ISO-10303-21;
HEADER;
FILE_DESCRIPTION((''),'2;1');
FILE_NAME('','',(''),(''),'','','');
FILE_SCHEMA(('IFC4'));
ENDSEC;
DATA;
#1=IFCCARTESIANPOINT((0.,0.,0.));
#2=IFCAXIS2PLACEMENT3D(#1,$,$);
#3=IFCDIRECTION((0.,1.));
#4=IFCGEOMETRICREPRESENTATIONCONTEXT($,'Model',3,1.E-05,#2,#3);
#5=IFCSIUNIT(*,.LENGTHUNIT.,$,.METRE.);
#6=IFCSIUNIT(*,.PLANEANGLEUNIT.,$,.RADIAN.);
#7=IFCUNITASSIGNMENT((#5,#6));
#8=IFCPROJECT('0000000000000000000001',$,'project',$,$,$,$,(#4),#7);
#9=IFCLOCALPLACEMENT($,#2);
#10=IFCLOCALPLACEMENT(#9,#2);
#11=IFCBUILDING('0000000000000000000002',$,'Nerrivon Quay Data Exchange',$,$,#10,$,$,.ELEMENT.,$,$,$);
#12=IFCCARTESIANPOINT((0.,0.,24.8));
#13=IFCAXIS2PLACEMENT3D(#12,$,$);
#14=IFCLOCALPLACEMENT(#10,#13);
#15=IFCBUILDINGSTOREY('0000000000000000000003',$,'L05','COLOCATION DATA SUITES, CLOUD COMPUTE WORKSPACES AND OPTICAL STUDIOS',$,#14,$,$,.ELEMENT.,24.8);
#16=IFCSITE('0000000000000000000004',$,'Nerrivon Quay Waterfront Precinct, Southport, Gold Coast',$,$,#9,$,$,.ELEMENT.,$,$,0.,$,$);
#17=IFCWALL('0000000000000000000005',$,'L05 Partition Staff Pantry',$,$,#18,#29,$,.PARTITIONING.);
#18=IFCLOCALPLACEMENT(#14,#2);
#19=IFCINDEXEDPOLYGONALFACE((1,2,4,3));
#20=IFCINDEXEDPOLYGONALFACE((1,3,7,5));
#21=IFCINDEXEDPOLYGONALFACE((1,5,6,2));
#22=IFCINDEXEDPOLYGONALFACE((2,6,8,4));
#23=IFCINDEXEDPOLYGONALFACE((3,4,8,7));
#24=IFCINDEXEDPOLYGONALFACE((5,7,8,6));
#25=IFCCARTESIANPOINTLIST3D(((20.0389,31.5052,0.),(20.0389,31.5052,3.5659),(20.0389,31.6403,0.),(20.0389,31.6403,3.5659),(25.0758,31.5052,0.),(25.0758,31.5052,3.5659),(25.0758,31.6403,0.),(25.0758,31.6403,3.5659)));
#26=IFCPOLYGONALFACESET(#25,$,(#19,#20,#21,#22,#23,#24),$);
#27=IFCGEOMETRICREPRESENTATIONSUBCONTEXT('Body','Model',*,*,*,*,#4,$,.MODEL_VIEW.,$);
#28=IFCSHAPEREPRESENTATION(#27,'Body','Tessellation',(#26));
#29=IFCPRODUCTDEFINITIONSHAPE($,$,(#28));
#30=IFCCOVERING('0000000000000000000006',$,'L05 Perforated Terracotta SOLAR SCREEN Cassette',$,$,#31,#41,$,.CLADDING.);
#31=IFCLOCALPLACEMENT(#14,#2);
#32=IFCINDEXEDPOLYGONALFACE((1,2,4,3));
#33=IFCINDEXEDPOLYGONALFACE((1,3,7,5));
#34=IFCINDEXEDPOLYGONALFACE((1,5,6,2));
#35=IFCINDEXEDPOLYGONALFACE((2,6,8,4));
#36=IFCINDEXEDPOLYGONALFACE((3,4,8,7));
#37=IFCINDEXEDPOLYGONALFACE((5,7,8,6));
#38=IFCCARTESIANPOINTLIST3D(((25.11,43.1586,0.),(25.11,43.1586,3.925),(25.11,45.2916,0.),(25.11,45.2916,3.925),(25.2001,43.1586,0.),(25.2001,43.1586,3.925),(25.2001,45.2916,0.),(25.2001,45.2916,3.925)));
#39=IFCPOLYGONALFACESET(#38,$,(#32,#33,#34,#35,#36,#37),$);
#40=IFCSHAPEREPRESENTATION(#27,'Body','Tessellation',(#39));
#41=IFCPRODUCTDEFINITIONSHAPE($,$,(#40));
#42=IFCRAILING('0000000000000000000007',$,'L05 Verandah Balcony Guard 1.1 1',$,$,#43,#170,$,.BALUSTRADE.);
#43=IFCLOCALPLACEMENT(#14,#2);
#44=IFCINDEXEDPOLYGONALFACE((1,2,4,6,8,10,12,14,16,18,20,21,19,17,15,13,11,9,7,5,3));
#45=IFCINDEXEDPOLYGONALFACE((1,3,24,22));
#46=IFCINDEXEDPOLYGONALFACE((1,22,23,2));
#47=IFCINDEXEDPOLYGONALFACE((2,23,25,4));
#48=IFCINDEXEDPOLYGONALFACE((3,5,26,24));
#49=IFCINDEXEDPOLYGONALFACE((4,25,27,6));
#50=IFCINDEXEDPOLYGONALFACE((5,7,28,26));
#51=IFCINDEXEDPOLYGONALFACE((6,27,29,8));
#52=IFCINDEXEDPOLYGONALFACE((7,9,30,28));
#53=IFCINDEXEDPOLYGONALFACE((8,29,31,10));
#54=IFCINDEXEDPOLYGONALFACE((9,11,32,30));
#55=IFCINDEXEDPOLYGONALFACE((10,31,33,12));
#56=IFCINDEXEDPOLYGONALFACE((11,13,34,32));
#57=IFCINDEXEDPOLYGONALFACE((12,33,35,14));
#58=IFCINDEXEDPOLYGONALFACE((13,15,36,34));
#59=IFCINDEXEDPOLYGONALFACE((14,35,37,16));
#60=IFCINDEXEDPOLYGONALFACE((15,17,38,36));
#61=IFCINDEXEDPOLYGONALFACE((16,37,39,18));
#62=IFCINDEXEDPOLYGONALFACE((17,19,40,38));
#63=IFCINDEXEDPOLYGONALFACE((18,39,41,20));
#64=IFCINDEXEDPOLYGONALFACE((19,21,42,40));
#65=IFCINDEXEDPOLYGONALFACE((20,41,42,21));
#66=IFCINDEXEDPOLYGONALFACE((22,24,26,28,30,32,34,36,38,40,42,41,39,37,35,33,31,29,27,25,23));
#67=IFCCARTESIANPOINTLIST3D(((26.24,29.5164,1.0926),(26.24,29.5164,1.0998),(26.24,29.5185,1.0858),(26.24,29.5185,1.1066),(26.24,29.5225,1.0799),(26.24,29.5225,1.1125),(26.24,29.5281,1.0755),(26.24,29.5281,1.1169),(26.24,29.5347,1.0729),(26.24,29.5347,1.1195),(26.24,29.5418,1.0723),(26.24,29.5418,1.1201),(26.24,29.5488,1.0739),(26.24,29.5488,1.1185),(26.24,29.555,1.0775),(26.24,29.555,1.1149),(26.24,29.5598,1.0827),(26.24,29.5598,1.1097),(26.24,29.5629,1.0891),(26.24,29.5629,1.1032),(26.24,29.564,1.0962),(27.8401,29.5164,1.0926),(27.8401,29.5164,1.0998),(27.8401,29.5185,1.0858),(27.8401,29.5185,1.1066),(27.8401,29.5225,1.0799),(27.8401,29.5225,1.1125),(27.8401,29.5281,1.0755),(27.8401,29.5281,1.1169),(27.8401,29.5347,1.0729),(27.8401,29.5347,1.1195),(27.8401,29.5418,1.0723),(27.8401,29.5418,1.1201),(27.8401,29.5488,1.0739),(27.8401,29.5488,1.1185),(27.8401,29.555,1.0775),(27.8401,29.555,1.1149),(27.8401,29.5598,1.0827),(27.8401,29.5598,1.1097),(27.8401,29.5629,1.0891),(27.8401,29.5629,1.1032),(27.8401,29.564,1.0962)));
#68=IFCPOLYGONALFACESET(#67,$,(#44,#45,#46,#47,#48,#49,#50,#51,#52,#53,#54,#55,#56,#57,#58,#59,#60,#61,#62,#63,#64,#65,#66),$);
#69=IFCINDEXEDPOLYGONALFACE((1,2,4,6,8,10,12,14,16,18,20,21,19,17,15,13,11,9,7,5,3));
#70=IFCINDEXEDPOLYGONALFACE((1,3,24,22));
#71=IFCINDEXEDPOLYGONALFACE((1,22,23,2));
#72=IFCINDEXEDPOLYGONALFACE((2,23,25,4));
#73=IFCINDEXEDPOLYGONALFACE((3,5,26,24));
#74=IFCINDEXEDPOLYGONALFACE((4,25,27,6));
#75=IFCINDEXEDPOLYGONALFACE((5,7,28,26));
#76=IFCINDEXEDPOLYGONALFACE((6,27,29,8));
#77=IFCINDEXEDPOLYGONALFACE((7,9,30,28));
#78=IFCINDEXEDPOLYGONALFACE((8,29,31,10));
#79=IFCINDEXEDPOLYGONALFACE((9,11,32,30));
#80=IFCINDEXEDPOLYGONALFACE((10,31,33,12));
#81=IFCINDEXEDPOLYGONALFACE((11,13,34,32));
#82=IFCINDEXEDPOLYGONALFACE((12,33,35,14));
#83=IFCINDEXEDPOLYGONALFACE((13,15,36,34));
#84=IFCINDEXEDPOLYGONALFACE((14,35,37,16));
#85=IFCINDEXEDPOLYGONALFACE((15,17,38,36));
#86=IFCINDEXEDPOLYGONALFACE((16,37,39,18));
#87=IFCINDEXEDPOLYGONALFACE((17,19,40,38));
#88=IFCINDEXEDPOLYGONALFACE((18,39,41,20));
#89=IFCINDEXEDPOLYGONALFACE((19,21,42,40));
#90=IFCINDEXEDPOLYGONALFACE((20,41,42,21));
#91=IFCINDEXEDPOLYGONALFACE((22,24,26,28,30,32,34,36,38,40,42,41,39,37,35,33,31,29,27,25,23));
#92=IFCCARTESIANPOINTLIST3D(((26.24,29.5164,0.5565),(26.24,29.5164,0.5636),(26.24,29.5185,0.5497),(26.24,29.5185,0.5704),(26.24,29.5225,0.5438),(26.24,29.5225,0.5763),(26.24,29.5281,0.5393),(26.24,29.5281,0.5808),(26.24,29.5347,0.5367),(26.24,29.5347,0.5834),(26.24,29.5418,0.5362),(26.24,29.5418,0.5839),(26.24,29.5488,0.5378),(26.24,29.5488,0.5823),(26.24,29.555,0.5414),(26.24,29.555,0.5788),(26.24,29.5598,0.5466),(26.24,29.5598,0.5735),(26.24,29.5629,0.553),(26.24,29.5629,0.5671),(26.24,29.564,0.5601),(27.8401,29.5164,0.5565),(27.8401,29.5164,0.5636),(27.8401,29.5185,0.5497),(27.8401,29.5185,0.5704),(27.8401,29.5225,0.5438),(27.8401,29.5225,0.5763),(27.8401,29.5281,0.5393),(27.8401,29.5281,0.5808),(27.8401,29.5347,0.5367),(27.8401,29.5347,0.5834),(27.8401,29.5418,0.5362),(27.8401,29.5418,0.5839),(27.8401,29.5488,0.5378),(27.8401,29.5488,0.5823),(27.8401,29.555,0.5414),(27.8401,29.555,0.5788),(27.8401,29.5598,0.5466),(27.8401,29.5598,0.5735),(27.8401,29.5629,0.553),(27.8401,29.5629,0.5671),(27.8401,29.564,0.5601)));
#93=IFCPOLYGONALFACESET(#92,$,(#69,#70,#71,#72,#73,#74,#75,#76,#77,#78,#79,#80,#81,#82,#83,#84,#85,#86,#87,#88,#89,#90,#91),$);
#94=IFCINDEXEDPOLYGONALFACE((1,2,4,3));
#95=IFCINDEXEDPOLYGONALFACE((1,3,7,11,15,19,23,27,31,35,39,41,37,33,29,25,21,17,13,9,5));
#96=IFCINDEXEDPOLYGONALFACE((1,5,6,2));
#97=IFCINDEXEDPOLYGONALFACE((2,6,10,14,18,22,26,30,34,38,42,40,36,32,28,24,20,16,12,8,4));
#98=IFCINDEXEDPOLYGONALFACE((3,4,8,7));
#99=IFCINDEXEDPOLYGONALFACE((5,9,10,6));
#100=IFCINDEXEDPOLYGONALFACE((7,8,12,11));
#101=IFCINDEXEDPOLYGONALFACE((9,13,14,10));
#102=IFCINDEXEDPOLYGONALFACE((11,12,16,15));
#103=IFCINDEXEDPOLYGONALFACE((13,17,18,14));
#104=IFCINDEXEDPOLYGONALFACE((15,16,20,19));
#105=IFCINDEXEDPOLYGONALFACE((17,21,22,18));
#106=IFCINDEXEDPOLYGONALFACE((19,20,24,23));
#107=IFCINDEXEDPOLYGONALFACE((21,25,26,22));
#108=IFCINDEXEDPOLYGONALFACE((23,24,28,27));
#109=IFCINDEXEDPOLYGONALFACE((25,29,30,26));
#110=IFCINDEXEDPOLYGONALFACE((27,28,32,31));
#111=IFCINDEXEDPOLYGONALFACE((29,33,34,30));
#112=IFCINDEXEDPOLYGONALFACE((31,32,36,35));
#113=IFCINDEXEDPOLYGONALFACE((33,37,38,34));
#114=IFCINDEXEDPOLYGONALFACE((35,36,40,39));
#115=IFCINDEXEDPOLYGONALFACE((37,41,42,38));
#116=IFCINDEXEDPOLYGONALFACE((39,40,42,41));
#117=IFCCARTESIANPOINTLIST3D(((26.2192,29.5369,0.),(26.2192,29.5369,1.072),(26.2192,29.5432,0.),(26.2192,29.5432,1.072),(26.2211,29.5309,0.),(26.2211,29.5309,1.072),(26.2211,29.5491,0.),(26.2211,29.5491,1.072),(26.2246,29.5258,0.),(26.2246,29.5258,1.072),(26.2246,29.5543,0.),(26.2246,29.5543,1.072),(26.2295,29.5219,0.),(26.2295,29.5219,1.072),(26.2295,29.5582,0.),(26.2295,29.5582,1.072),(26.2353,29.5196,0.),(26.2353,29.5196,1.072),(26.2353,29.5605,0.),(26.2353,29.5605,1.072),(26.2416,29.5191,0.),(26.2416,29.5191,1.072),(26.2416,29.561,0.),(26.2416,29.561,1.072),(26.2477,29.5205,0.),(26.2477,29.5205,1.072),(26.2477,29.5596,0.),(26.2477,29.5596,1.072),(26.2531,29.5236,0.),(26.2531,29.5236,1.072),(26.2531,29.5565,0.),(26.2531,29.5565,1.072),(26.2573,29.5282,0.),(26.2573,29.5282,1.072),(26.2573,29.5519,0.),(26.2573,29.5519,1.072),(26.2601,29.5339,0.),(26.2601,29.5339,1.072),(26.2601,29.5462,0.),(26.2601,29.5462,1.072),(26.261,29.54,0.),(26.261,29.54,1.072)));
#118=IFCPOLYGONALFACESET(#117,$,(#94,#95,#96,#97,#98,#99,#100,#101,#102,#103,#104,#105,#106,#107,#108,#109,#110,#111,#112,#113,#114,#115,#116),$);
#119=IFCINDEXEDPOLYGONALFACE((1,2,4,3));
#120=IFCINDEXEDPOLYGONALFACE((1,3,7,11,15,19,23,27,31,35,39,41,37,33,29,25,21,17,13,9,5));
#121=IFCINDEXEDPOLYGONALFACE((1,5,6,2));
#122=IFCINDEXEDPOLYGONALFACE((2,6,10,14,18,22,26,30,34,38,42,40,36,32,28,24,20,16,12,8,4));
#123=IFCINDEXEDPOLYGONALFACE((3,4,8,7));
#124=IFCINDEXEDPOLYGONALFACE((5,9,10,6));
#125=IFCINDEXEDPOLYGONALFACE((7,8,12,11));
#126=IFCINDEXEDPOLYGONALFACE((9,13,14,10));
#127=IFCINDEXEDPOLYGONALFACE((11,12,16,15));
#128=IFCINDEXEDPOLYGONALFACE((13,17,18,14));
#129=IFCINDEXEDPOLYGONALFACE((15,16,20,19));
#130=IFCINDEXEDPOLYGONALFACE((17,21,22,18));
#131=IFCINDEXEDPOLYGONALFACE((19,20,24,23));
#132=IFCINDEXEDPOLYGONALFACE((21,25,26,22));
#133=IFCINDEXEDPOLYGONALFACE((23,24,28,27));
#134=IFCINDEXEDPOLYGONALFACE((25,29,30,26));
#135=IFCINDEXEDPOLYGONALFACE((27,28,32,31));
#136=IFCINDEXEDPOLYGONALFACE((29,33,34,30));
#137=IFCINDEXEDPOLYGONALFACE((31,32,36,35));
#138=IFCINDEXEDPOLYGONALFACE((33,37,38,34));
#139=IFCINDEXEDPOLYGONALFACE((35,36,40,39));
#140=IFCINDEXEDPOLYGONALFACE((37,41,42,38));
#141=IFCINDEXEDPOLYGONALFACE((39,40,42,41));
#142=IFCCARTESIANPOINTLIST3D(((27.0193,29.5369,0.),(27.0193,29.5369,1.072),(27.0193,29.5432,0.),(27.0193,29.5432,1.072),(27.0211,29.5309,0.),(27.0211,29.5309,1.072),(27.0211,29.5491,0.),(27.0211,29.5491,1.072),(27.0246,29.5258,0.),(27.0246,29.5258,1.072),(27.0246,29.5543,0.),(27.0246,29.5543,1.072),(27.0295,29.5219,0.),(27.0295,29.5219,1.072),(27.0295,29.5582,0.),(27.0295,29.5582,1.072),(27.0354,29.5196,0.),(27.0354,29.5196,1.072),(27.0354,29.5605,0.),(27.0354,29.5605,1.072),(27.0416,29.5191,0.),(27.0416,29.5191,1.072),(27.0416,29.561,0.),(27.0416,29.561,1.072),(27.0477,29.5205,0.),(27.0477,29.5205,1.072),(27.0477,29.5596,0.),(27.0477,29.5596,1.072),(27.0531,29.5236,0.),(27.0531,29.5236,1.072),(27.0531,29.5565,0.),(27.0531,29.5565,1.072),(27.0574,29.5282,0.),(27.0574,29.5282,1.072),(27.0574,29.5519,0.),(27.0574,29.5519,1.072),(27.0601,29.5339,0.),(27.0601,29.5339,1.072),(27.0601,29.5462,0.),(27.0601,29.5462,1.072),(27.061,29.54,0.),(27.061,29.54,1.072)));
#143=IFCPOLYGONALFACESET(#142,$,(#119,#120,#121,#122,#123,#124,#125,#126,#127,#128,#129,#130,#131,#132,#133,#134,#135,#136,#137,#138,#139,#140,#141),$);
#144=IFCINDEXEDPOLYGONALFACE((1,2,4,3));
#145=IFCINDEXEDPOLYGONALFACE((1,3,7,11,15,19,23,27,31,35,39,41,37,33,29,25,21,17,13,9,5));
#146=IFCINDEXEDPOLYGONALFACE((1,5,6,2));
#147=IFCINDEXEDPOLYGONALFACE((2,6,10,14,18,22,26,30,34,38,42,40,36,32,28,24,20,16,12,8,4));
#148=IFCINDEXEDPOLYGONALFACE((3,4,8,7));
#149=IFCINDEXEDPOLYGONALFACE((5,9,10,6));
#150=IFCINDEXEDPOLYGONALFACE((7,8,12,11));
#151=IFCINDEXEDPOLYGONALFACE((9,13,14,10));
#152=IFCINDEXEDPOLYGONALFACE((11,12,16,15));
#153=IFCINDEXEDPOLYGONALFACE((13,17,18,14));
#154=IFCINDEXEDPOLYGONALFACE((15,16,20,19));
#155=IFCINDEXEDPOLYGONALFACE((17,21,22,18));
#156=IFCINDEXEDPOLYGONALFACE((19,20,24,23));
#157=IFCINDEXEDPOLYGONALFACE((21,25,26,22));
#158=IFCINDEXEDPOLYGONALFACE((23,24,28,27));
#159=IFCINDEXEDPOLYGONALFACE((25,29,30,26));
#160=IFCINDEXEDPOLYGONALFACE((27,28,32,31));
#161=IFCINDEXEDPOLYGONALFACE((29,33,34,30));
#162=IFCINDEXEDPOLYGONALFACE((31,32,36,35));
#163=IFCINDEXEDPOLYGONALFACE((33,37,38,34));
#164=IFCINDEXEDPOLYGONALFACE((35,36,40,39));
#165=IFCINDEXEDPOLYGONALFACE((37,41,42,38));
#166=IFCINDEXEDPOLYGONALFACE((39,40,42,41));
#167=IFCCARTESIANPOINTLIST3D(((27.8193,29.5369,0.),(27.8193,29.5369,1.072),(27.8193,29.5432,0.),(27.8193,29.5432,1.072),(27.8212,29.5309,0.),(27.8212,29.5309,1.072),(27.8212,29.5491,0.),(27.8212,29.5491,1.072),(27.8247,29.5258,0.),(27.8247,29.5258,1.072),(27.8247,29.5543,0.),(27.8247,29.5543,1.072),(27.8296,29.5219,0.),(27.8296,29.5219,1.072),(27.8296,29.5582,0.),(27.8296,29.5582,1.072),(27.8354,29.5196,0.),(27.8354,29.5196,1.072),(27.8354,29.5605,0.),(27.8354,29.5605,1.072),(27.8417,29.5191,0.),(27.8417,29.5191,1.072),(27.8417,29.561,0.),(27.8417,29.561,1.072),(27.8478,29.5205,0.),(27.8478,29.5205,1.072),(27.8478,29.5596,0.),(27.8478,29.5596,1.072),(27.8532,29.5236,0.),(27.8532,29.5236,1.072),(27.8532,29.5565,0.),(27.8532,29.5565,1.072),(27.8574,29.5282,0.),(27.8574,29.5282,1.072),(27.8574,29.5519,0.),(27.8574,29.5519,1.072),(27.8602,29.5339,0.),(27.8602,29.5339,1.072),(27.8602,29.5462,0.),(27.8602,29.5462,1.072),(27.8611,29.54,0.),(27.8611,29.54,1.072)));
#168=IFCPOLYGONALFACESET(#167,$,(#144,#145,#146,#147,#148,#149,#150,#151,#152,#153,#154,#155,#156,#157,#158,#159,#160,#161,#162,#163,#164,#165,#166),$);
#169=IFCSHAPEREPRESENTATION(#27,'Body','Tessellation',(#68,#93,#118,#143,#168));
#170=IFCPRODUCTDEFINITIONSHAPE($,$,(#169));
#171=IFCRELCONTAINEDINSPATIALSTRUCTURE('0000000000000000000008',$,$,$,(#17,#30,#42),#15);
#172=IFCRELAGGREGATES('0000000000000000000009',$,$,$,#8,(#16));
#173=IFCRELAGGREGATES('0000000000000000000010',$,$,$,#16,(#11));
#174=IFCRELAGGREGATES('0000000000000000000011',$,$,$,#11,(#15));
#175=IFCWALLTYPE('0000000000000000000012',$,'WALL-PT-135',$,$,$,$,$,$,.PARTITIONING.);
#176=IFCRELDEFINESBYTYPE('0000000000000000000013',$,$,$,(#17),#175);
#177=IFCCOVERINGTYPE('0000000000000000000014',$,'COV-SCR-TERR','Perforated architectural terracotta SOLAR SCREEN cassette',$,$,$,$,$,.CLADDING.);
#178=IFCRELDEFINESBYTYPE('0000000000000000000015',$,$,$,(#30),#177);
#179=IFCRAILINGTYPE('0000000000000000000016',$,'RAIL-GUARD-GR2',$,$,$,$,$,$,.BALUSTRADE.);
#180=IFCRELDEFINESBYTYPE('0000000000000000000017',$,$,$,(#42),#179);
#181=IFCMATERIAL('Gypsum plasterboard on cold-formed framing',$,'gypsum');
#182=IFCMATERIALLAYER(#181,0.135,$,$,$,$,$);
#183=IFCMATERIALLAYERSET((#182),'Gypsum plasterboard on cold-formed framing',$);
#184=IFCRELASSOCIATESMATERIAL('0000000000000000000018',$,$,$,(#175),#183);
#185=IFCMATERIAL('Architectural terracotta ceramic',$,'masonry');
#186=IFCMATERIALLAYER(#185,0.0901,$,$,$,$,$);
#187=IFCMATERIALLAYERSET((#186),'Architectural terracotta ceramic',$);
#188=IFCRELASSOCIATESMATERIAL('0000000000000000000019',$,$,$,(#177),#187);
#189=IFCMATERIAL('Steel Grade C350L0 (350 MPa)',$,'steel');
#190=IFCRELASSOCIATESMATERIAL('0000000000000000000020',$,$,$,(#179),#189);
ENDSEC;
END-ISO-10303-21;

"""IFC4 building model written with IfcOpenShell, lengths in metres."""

from ifc_helpers import new_model, si_unit, direction, frame, frame_2d, origin, origin_2d, place, context, subcontext, project, spatial, rectangle, circle, extrude, material, layer, layer_set, type_object, element, save


model = new_model("IFC4")

# Units and contexts
model_context = context("Model", 3, precision=1e-05, world=origin(), true_north=direction((0.0, 1.0)))
body_context = subcontext(model_context, "Body", "Model", "MODEL_VIEW")
ifc_project = project(units=[si_unit("LENGTHUNIT", "METRE"), si_unit("PLANEANGLEUNIT", "RADIAN")], contexts=[model_context])

# Site, building, storey
site_placement = place(None, origin())
site = spatial("IfcSite", under=ifc_project, at=site_placement, Name="Nerrivon Quay Waterfront Precinct, Southport, Gold Coast", CompositionType="ELEMENT", RefElevation=0.0)
building_placement = place(site_placement, origin())
building = spatial("IfcBuilding", under=site, at=building_placement, Name="Nerrivon Quay Data Exchange", CompositionType="ELEMENT")
storey_placement = place(building_placement, frame((0.0, 0.0, 24.8)))
storey = spatial("IfcBuildingStorey", under=building, at=storey_placement, Name="L05", Description="COLOCATION DATA SUITES, CLOUD COMPUTE WORKSPACES AND OPTICAL STUDIOS", CompositionType="ELEMENT", Elevation=24.8)

# Wall
ifc_material_1 = material(Name="Gypsum plasterboard on cold-formed framing", Category="gypsum")
ifc_layer_1 = layer(ifc_material_1, 0.135)
ifc_layer_set_1 = layer_set([ifc_layer_1], Name="Gypsum plasterboard on cold-formed framing")
wall_type_1 = type_object("IfcWallType", Name="WALL-PT-135", PredefinedType="PARTITIONING", material=ifc_layer_set_1)
wall_1_placement = place(storey_placement, frame((25.0759, 31.5728, 0.0), z_axis=(0.0, 0.0, 1.0), x_axis=(-1.0, 0.0, 0.0)))
element("IfcWall", 1, at=wall_1_placement, inside=storey, type_object=wall_type_1, Name="L05 Partition Staff Pantry", PredefinedType="PARTITIONING", context=body_context, shape_type="SweptSolid", body=[
    extrude(rectangle(XDim=5.0369, YDim=0.135, at=frame_2d((2.5186, 0.0))), origin(), (0.0, 0.0, 1.0), 3.5659),
])

# Covering
ifc_material_2 = material(Name="Architectural terracotta ceramic", Category="masonry")
ifc_layer_2 = layer(ifc_material_2, 0.0901)
ifc_layer_set_2 = layer_set([ifc_layer_2], Name="Architectural terracotta ceramic")
covering_type = type_object("IfcCoveringType", Name="COV-SCR-TERR", Description="Perforated architectural terracotta SOLAR SCREEN cassette", PredefinedType="CLADDING", material=ifc_layer_set_2)
covering_placement = place(storey_placement, frame((25.155, 44.2251, 0.0), z_axis=(0.0, 0.0, 1.0), x_axis=(0.0, -1.0, 0.0)))
element("IfcCovering", 2, at=covering_placement, inside=storey, type_object=covering_type, Name="L05 Perforated Terracotta SOLAR SCREEN Cassette", PredefinedType="CLADDING", context=body_context, shape_type="SweptSolid", body=[
    extrude(rectangle(XDim=2.1331, YDim=0.0901, at=origin_2d()), origin(), (0.0, 0.0, 1.0), 3.925),
])

# Railing
ifc_material_3 = material(Name="Steel Grade C350L0 (350 MPa)", Category="steel")
railing_type = type_object("IfcRailingType", Name="RAIL-GUARD-GR2", PredefinedType="BALUSTRADE", material=ifc_material_3)
railing_1_placement = place(storey_placement, frame((26.24, 29.54, 0.0)))
element("IfcRailing", 3, at=railing_1_placement, inside=storey, type_object=railing_type, Name="L05 Verandah Balcony Guard 1.1 1", PredefinedType="BALUSTRADE", context=body_context, shape_type="SweptSolid", body=[
    extrude(circle(Radius=0.0239, at=origin_2d()), frame((0.0, 0.0, 1.0962), z_axis=(1.0, 0.0, 0.0), x_axis=(0.0, 1.0, 0.0)), (0.0, 0.0, 1.0), 1.6001),
    extrude(circle(Radius=0.0239, at=origin_2d()), frame((0.0, 0.0, 0.5601), z_axis=(1.0, 0.0, 0.0), x_axis=(0.0, 1.0, 0.0)), (0.0, 0.0, 1.0), 1.6001),
    extrude(circle(Radius=0.021, at=origin_2d()), origin(), (0.0, 0.0, 1.0), 1.072),
    extrude(circle(Radius=0.021, at=origin_2d()), frame((0.8, 0.0, 0.0)), (0.0, 0.0, 1.0), 1.072),
    extrude(circle(Radius=0.021, at=origin_2d()), frame((1.6001, 0.0, 0.0)), (0.0, 0.0, 1.0), 1.072),
])

save(model, "model.ifc")
